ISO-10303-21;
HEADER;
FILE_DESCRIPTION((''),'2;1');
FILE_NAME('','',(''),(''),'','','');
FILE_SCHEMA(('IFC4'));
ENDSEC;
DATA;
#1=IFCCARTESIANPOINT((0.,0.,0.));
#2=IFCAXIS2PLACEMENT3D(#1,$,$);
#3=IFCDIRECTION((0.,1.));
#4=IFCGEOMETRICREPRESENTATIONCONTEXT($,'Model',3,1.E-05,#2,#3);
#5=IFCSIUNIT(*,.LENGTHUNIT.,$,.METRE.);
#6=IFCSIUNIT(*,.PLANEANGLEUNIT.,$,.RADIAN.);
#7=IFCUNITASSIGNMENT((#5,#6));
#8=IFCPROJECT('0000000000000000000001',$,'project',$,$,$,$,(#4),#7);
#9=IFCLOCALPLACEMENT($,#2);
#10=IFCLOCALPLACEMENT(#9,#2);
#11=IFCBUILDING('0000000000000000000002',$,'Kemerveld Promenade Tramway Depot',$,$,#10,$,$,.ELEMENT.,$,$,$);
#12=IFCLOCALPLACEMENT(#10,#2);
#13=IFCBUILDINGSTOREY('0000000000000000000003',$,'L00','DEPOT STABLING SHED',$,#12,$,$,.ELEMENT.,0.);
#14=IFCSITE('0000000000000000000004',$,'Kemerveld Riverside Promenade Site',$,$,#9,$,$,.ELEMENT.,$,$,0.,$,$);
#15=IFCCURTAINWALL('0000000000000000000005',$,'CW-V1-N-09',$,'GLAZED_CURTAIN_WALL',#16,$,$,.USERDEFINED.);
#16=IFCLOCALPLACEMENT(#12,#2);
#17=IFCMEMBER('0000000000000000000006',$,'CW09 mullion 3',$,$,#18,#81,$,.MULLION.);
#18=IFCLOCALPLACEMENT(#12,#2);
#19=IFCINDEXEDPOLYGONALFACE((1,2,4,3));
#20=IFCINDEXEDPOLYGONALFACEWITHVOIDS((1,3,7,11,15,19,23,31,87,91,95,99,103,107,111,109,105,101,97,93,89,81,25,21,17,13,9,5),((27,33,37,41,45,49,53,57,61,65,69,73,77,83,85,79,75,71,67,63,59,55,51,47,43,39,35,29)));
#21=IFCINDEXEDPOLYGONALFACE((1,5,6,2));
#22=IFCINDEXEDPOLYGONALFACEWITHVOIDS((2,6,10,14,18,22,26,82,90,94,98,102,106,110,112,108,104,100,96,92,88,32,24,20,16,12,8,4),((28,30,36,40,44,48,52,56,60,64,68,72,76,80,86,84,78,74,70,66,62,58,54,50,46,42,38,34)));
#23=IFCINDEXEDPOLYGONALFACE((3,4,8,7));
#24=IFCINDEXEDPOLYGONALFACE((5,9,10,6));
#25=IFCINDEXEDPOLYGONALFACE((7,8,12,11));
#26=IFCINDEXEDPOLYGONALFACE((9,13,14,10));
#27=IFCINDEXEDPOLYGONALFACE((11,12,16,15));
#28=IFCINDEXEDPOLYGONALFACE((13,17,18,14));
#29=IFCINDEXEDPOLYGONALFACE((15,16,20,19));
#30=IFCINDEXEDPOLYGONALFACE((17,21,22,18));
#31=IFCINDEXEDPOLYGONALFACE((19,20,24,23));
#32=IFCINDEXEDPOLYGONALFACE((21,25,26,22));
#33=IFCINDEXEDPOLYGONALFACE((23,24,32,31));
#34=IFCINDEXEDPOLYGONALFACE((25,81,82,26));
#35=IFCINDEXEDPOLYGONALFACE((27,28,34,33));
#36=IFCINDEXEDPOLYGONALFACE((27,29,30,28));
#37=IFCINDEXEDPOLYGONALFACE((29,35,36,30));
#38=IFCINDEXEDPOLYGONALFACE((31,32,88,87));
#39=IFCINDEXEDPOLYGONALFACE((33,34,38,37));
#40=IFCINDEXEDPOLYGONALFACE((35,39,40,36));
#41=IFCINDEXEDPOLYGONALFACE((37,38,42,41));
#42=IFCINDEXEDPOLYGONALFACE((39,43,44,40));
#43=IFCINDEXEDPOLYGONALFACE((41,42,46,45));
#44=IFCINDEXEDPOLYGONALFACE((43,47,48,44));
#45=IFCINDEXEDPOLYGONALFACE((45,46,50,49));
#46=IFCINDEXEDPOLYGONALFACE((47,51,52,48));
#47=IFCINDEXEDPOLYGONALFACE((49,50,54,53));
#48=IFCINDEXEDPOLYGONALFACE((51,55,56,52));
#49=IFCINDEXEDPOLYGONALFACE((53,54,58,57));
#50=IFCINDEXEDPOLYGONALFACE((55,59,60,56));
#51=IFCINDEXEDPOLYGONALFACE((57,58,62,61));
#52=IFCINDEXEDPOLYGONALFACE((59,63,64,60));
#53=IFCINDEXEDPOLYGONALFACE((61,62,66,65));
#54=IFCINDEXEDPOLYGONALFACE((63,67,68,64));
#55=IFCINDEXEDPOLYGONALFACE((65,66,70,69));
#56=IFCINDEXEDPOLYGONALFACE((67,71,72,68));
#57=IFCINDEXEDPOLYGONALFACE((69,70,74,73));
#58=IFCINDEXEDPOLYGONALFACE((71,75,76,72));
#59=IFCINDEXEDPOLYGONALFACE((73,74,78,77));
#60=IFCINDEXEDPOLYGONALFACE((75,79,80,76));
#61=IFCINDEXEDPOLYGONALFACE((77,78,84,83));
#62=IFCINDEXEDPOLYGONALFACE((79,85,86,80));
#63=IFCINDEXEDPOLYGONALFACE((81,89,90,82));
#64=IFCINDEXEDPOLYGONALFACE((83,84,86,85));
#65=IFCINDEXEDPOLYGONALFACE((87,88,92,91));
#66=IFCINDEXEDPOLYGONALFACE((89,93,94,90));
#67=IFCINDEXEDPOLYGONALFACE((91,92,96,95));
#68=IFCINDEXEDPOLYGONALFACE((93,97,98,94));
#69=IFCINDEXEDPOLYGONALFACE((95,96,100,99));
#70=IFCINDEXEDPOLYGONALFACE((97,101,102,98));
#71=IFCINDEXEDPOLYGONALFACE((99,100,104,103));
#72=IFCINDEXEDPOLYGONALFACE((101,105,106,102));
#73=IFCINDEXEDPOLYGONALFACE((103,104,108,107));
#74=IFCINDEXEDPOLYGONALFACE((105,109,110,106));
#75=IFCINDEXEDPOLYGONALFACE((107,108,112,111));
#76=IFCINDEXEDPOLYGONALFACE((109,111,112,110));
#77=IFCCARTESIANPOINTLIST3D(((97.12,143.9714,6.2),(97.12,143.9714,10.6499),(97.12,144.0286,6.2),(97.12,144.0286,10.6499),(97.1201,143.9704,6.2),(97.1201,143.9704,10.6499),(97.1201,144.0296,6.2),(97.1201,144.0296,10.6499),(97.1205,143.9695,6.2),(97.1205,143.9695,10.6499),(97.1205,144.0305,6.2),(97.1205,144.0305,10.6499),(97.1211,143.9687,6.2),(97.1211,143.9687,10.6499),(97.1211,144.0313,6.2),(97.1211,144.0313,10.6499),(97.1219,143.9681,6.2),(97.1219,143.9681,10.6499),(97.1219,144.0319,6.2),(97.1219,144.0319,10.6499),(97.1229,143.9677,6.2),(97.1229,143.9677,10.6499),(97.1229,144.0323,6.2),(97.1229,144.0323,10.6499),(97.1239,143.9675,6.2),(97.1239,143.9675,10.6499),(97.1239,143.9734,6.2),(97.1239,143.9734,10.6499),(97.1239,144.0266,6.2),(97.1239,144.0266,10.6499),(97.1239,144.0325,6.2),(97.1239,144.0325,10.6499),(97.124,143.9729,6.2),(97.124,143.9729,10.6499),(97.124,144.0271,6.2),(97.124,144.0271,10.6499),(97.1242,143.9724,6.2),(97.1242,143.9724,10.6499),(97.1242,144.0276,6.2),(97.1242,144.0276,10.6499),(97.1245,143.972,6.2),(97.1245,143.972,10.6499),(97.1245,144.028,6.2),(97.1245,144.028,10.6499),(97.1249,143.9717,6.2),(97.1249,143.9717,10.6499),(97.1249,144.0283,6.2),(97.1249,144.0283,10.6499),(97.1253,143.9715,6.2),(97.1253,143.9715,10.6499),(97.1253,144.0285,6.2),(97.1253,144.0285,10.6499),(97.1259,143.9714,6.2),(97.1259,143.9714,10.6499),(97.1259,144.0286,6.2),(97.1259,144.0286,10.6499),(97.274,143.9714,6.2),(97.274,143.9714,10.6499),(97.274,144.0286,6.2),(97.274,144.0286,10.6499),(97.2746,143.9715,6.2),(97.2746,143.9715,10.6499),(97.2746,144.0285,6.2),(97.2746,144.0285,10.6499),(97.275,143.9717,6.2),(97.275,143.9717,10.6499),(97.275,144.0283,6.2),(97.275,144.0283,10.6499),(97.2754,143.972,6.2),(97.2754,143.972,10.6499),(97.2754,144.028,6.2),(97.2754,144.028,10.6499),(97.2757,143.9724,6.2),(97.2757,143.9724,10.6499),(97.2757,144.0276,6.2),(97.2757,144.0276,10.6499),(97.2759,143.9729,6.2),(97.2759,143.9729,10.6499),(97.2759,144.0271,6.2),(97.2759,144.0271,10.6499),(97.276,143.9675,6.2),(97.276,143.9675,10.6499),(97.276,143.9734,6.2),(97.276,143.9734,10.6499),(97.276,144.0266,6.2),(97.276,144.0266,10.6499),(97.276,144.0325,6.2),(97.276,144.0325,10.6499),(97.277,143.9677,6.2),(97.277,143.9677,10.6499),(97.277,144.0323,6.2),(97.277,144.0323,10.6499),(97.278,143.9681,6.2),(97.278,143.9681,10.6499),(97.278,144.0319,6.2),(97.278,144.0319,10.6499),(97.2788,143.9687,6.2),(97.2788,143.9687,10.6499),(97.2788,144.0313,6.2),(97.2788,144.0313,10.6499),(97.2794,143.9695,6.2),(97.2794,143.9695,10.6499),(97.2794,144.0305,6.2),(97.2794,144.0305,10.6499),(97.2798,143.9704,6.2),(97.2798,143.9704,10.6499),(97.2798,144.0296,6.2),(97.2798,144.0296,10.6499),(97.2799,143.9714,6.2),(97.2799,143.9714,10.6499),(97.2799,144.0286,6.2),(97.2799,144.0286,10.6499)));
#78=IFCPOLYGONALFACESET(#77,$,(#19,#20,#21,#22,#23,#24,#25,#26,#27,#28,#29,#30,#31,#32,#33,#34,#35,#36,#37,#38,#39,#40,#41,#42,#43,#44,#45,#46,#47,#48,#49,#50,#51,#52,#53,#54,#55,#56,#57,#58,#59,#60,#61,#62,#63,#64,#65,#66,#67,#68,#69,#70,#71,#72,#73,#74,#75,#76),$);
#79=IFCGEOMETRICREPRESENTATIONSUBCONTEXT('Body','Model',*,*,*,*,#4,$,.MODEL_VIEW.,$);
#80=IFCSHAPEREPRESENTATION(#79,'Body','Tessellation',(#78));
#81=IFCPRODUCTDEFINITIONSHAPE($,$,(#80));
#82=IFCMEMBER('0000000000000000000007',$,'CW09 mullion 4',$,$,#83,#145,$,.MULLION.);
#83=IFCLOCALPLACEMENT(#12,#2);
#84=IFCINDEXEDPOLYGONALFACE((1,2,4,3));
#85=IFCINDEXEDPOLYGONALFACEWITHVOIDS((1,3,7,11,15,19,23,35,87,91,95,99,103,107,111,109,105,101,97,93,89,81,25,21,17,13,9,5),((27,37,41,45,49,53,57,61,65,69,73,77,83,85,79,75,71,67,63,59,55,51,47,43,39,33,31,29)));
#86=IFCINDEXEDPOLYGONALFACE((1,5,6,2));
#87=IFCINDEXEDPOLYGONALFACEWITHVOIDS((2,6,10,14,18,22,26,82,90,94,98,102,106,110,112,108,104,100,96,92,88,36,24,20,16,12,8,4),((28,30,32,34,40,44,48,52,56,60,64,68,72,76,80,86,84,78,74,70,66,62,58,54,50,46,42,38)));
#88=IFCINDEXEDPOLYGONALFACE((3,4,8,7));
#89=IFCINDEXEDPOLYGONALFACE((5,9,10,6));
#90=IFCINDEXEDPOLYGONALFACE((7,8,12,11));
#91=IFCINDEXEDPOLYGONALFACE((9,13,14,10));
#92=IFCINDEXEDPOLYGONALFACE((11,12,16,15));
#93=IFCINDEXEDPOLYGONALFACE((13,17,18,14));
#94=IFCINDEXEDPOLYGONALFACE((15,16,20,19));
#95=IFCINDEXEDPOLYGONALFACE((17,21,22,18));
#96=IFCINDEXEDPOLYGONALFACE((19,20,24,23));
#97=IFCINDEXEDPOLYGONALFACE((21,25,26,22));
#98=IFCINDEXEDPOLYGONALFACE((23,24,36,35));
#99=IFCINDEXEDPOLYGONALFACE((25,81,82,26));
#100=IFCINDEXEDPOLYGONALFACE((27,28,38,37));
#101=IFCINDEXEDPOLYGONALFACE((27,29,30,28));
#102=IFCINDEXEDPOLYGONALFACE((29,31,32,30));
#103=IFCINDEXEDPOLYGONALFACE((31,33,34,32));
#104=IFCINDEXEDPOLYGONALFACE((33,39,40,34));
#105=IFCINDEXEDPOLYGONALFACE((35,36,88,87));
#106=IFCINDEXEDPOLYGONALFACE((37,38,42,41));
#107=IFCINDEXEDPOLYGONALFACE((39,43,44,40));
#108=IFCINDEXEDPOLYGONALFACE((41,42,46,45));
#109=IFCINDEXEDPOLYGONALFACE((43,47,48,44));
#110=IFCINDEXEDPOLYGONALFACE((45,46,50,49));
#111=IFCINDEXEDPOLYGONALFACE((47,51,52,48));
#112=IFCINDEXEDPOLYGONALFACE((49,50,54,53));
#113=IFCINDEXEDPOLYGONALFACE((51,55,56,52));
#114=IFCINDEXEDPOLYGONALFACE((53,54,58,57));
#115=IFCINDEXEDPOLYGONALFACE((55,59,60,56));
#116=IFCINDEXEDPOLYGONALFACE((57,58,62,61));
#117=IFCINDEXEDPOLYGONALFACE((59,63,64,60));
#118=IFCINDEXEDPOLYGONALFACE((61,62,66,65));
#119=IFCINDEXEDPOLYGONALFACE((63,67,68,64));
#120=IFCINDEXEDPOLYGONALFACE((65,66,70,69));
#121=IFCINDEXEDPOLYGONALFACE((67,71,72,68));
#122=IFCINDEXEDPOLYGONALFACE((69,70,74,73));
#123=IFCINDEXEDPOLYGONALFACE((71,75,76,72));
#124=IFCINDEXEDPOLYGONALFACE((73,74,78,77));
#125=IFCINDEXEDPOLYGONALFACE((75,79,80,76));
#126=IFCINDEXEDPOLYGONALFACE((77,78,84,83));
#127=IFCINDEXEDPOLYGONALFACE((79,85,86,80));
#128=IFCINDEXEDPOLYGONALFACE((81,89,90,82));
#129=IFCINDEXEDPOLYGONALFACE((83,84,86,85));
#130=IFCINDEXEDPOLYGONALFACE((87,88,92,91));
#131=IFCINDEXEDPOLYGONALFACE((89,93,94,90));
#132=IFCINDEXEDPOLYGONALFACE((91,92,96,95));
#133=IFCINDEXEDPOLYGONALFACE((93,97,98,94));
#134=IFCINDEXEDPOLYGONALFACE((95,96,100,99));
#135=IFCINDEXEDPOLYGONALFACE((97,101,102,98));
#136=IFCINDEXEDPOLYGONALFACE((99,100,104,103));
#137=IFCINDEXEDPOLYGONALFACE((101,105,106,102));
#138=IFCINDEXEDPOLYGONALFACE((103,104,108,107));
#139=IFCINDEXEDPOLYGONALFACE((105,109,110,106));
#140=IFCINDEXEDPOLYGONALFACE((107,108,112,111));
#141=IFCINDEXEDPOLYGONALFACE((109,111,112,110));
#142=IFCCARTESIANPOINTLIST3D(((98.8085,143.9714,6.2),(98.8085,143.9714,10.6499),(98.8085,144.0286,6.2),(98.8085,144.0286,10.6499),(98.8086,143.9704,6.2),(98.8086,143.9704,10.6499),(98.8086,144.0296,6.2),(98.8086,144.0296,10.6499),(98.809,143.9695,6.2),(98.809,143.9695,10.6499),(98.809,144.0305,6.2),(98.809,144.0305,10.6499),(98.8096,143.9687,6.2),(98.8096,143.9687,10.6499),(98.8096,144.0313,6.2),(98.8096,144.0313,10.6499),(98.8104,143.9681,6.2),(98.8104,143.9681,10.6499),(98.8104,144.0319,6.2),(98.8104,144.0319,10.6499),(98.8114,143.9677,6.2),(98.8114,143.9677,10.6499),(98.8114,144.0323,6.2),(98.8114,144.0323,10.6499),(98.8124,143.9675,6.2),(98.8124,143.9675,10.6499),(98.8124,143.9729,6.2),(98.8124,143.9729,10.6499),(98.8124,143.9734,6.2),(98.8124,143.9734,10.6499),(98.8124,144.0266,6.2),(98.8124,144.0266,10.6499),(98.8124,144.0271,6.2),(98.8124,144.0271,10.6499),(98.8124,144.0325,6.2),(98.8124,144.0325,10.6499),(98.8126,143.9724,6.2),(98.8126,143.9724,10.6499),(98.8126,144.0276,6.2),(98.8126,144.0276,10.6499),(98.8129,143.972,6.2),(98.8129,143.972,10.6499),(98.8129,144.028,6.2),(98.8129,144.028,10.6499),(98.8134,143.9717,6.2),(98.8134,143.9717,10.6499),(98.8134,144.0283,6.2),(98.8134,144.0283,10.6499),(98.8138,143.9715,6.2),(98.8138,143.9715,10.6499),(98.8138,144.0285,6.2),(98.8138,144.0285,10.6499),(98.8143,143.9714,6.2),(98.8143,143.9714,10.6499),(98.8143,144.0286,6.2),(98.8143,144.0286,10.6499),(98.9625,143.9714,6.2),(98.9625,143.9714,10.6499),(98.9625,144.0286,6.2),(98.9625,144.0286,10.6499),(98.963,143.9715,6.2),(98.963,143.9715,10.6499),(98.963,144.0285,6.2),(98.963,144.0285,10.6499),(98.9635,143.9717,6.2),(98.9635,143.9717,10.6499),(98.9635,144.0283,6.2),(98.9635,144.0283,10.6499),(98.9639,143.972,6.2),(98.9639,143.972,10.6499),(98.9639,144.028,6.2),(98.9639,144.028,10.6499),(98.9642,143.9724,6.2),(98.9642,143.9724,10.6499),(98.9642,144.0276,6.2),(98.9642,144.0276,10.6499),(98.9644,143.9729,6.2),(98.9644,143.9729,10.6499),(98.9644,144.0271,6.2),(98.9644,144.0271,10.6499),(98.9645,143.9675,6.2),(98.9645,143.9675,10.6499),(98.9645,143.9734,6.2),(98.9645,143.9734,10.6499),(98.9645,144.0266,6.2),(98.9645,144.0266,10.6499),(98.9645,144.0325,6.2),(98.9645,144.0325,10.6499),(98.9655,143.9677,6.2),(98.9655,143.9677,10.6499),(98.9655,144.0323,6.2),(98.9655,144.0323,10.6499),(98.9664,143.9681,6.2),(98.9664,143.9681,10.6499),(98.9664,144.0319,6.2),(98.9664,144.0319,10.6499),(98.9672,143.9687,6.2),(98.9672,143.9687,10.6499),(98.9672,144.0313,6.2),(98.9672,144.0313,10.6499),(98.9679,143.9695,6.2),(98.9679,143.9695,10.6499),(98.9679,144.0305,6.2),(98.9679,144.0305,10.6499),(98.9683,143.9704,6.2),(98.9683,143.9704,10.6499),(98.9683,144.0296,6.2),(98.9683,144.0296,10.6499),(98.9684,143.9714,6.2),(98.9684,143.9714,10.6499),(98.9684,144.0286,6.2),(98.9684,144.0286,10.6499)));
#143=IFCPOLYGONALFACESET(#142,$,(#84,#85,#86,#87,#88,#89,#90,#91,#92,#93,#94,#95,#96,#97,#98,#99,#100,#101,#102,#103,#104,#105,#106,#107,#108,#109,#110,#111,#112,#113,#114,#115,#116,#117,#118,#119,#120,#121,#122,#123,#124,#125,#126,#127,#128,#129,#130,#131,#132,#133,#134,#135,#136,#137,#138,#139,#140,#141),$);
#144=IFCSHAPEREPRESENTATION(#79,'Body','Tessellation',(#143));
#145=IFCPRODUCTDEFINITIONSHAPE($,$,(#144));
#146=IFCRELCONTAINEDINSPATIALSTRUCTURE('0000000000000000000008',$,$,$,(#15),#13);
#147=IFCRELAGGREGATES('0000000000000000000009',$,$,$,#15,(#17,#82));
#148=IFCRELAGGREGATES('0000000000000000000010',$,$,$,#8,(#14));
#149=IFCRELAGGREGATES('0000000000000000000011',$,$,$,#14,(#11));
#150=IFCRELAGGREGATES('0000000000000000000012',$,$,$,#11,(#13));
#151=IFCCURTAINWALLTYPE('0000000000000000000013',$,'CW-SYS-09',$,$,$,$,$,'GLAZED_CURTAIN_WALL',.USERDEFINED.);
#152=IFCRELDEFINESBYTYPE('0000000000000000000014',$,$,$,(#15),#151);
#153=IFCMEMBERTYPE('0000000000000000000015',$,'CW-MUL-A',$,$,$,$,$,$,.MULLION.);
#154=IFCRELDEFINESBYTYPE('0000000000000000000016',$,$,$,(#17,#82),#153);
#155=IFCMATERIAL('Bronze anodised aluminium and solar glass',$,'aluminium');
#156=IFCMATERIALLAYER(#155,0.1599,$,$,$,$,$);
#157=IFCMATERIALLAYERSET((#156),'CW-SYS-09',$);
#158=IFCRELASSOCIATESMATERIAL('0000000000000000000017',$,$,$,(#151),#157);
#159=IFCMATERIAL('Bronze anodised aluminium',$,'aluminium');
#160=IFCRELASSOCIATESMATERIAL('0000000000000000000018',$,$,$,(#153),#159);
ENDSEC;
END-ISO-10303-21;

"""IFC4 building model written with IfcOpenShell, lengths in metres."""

from ifc_helpers import new_model, si_unit, direction, frame, origin, origin_2d, place, context, subcontext, project, spatial, hollow_rectangle, extrude, material, layer, layer_set, material_profile, profile_set, type_object, element, aggregate, save


model = new_model("IFC4")

# Units and contexts
model_context = context("Model", 3, precision=1e-05, world=origin(), true_north=direction((0.0, 1.0)))
body_context = subcontext(model_context, "Body", "Model", "MODEL_VIEW")
ifc_project = project(units=[si_unit("LENGTHUNIT", "METRE"), si_unit("PLANEANGLEUNIT", "RADIAN")], contexts=[model_context])

# Site, building, storey
site_placement = place(None, origin())
site = spatial("IfcSite", under=ifc_project, at=site_placement, Name="Kemerveld Riverside Promenade Site", CompositionType="ELEMENT", RefElevation=0.0)
building_placement = place(site_placement, origin())
building = spatial("IfcBuilding", under=site, at=building_placement, Name="Kemerveld Promenade Tramway Depot", CompositionType="ELEMENT")
storey_placement = place(building_placement, origin())
storey = spatial("IfcBuildingStorey", under=building, at=storey_placement, Name="L00", Description="DEPOT STABLING SHED", CompositionType="ELEMENT", Elevation=0.0)

# Curtain wall, members
ifc_material_1 = material(Name="Bronze anodised aluminium and solar glass", Category="aluminium")
ifc_layer_1 = layer(ifc_material_1, 0.1599)
ifc_layer_set_1 = layer_set([ifc_layer_1], Name="CW-SYS-09")
curtain_wall_type_1 = type_object("IfcCurtainWallType", Name="CW-SYS-09", ElementType="GLAZED_CURTAIN_WALL", PredefinedType="USERDEFINED", material=ifc_layer_set_1)
curtain_wall_1_placement = place(storey_placement, origin())
curtain_wall_1 = element("IfcCurtainWall", 1, at=curtain_wall_1_placement, inside=storey, type_object=curtain_wall_type_1, Name="CW-V1-N-09", ObjectType="GLAZED_CURTAIN_WALL", PredefinedType="USERDEFINED")
ifc_material_2 = material(Name="Bronze anodised aluminium", Category="aluminium")
ifc_material_profile_1 = material_profile(ifc_material_2, hollow_rectangle(XDim=0.0649, YDim=0.1599, WallThickness=0.0039, InnerFilletRadius=0.002, OuterFilletRadius=0.0039, at=origin_2d()), Name="CW-MUL-160x65")
ifc_profile_set_1 = profile_set([ifc_material_profile_1], Name="Bronze anodised aluminium")
member_type_1 = type_object("IfcMemberType", Name="CW-MUL-A", PredefinedType="MULLION", material=ifc_profile_set_1)
member_1_placement = place(storey_placement, frame((97.2, 144.0, 6.2), z_axis=(0.0, 0.0, 1.0), x_axis=(0.0, 1.0, 0.0)))
member_1 = element("IfcMember", 2, at=member_1_placement, type_object=member_type_1, Name="CW09 mullion 3", PredefinedType="MULLION", context=body_context, shape_type="SweptSolid", body=[
    extrude(hollow_rectangle(XDim=0.0649, YDim=0.1599, WallThickness=0.0039, InnerFilletRadius=0.002, OuterFilletRadius=0.0039, at=origin_2d()), origin(), (0.0, 0.0, 1.0), 4.45),
])
member_2_placement = place(storey_placement, frame((98.8884, 144.0, 6.2), z_axis=(0.0, 0.0, 1.0), x_axis=(0.0, 1.0, 0.0)))
member_2 = element("IfcMember", 3, at=member_2_placement, type_object=member_type_1, Name="CW09 mullion 4", PredefinedType="MULLION", context=body_context, shape_type="SweptSolid", body=[
    extrude(hollow_rectangle(XDim=0.0649, YDim=0.1599, WallThickness=0.0039, InnerFilletRadius=0.002, OuterFilletRadius=0.0039, at=origin_2d()), origin(), (0.0, 0.0, 1.0), 4.45),
])

aggregate(curtain_wall_1, [member_1, member_2])

save(model, "model.ifc")
